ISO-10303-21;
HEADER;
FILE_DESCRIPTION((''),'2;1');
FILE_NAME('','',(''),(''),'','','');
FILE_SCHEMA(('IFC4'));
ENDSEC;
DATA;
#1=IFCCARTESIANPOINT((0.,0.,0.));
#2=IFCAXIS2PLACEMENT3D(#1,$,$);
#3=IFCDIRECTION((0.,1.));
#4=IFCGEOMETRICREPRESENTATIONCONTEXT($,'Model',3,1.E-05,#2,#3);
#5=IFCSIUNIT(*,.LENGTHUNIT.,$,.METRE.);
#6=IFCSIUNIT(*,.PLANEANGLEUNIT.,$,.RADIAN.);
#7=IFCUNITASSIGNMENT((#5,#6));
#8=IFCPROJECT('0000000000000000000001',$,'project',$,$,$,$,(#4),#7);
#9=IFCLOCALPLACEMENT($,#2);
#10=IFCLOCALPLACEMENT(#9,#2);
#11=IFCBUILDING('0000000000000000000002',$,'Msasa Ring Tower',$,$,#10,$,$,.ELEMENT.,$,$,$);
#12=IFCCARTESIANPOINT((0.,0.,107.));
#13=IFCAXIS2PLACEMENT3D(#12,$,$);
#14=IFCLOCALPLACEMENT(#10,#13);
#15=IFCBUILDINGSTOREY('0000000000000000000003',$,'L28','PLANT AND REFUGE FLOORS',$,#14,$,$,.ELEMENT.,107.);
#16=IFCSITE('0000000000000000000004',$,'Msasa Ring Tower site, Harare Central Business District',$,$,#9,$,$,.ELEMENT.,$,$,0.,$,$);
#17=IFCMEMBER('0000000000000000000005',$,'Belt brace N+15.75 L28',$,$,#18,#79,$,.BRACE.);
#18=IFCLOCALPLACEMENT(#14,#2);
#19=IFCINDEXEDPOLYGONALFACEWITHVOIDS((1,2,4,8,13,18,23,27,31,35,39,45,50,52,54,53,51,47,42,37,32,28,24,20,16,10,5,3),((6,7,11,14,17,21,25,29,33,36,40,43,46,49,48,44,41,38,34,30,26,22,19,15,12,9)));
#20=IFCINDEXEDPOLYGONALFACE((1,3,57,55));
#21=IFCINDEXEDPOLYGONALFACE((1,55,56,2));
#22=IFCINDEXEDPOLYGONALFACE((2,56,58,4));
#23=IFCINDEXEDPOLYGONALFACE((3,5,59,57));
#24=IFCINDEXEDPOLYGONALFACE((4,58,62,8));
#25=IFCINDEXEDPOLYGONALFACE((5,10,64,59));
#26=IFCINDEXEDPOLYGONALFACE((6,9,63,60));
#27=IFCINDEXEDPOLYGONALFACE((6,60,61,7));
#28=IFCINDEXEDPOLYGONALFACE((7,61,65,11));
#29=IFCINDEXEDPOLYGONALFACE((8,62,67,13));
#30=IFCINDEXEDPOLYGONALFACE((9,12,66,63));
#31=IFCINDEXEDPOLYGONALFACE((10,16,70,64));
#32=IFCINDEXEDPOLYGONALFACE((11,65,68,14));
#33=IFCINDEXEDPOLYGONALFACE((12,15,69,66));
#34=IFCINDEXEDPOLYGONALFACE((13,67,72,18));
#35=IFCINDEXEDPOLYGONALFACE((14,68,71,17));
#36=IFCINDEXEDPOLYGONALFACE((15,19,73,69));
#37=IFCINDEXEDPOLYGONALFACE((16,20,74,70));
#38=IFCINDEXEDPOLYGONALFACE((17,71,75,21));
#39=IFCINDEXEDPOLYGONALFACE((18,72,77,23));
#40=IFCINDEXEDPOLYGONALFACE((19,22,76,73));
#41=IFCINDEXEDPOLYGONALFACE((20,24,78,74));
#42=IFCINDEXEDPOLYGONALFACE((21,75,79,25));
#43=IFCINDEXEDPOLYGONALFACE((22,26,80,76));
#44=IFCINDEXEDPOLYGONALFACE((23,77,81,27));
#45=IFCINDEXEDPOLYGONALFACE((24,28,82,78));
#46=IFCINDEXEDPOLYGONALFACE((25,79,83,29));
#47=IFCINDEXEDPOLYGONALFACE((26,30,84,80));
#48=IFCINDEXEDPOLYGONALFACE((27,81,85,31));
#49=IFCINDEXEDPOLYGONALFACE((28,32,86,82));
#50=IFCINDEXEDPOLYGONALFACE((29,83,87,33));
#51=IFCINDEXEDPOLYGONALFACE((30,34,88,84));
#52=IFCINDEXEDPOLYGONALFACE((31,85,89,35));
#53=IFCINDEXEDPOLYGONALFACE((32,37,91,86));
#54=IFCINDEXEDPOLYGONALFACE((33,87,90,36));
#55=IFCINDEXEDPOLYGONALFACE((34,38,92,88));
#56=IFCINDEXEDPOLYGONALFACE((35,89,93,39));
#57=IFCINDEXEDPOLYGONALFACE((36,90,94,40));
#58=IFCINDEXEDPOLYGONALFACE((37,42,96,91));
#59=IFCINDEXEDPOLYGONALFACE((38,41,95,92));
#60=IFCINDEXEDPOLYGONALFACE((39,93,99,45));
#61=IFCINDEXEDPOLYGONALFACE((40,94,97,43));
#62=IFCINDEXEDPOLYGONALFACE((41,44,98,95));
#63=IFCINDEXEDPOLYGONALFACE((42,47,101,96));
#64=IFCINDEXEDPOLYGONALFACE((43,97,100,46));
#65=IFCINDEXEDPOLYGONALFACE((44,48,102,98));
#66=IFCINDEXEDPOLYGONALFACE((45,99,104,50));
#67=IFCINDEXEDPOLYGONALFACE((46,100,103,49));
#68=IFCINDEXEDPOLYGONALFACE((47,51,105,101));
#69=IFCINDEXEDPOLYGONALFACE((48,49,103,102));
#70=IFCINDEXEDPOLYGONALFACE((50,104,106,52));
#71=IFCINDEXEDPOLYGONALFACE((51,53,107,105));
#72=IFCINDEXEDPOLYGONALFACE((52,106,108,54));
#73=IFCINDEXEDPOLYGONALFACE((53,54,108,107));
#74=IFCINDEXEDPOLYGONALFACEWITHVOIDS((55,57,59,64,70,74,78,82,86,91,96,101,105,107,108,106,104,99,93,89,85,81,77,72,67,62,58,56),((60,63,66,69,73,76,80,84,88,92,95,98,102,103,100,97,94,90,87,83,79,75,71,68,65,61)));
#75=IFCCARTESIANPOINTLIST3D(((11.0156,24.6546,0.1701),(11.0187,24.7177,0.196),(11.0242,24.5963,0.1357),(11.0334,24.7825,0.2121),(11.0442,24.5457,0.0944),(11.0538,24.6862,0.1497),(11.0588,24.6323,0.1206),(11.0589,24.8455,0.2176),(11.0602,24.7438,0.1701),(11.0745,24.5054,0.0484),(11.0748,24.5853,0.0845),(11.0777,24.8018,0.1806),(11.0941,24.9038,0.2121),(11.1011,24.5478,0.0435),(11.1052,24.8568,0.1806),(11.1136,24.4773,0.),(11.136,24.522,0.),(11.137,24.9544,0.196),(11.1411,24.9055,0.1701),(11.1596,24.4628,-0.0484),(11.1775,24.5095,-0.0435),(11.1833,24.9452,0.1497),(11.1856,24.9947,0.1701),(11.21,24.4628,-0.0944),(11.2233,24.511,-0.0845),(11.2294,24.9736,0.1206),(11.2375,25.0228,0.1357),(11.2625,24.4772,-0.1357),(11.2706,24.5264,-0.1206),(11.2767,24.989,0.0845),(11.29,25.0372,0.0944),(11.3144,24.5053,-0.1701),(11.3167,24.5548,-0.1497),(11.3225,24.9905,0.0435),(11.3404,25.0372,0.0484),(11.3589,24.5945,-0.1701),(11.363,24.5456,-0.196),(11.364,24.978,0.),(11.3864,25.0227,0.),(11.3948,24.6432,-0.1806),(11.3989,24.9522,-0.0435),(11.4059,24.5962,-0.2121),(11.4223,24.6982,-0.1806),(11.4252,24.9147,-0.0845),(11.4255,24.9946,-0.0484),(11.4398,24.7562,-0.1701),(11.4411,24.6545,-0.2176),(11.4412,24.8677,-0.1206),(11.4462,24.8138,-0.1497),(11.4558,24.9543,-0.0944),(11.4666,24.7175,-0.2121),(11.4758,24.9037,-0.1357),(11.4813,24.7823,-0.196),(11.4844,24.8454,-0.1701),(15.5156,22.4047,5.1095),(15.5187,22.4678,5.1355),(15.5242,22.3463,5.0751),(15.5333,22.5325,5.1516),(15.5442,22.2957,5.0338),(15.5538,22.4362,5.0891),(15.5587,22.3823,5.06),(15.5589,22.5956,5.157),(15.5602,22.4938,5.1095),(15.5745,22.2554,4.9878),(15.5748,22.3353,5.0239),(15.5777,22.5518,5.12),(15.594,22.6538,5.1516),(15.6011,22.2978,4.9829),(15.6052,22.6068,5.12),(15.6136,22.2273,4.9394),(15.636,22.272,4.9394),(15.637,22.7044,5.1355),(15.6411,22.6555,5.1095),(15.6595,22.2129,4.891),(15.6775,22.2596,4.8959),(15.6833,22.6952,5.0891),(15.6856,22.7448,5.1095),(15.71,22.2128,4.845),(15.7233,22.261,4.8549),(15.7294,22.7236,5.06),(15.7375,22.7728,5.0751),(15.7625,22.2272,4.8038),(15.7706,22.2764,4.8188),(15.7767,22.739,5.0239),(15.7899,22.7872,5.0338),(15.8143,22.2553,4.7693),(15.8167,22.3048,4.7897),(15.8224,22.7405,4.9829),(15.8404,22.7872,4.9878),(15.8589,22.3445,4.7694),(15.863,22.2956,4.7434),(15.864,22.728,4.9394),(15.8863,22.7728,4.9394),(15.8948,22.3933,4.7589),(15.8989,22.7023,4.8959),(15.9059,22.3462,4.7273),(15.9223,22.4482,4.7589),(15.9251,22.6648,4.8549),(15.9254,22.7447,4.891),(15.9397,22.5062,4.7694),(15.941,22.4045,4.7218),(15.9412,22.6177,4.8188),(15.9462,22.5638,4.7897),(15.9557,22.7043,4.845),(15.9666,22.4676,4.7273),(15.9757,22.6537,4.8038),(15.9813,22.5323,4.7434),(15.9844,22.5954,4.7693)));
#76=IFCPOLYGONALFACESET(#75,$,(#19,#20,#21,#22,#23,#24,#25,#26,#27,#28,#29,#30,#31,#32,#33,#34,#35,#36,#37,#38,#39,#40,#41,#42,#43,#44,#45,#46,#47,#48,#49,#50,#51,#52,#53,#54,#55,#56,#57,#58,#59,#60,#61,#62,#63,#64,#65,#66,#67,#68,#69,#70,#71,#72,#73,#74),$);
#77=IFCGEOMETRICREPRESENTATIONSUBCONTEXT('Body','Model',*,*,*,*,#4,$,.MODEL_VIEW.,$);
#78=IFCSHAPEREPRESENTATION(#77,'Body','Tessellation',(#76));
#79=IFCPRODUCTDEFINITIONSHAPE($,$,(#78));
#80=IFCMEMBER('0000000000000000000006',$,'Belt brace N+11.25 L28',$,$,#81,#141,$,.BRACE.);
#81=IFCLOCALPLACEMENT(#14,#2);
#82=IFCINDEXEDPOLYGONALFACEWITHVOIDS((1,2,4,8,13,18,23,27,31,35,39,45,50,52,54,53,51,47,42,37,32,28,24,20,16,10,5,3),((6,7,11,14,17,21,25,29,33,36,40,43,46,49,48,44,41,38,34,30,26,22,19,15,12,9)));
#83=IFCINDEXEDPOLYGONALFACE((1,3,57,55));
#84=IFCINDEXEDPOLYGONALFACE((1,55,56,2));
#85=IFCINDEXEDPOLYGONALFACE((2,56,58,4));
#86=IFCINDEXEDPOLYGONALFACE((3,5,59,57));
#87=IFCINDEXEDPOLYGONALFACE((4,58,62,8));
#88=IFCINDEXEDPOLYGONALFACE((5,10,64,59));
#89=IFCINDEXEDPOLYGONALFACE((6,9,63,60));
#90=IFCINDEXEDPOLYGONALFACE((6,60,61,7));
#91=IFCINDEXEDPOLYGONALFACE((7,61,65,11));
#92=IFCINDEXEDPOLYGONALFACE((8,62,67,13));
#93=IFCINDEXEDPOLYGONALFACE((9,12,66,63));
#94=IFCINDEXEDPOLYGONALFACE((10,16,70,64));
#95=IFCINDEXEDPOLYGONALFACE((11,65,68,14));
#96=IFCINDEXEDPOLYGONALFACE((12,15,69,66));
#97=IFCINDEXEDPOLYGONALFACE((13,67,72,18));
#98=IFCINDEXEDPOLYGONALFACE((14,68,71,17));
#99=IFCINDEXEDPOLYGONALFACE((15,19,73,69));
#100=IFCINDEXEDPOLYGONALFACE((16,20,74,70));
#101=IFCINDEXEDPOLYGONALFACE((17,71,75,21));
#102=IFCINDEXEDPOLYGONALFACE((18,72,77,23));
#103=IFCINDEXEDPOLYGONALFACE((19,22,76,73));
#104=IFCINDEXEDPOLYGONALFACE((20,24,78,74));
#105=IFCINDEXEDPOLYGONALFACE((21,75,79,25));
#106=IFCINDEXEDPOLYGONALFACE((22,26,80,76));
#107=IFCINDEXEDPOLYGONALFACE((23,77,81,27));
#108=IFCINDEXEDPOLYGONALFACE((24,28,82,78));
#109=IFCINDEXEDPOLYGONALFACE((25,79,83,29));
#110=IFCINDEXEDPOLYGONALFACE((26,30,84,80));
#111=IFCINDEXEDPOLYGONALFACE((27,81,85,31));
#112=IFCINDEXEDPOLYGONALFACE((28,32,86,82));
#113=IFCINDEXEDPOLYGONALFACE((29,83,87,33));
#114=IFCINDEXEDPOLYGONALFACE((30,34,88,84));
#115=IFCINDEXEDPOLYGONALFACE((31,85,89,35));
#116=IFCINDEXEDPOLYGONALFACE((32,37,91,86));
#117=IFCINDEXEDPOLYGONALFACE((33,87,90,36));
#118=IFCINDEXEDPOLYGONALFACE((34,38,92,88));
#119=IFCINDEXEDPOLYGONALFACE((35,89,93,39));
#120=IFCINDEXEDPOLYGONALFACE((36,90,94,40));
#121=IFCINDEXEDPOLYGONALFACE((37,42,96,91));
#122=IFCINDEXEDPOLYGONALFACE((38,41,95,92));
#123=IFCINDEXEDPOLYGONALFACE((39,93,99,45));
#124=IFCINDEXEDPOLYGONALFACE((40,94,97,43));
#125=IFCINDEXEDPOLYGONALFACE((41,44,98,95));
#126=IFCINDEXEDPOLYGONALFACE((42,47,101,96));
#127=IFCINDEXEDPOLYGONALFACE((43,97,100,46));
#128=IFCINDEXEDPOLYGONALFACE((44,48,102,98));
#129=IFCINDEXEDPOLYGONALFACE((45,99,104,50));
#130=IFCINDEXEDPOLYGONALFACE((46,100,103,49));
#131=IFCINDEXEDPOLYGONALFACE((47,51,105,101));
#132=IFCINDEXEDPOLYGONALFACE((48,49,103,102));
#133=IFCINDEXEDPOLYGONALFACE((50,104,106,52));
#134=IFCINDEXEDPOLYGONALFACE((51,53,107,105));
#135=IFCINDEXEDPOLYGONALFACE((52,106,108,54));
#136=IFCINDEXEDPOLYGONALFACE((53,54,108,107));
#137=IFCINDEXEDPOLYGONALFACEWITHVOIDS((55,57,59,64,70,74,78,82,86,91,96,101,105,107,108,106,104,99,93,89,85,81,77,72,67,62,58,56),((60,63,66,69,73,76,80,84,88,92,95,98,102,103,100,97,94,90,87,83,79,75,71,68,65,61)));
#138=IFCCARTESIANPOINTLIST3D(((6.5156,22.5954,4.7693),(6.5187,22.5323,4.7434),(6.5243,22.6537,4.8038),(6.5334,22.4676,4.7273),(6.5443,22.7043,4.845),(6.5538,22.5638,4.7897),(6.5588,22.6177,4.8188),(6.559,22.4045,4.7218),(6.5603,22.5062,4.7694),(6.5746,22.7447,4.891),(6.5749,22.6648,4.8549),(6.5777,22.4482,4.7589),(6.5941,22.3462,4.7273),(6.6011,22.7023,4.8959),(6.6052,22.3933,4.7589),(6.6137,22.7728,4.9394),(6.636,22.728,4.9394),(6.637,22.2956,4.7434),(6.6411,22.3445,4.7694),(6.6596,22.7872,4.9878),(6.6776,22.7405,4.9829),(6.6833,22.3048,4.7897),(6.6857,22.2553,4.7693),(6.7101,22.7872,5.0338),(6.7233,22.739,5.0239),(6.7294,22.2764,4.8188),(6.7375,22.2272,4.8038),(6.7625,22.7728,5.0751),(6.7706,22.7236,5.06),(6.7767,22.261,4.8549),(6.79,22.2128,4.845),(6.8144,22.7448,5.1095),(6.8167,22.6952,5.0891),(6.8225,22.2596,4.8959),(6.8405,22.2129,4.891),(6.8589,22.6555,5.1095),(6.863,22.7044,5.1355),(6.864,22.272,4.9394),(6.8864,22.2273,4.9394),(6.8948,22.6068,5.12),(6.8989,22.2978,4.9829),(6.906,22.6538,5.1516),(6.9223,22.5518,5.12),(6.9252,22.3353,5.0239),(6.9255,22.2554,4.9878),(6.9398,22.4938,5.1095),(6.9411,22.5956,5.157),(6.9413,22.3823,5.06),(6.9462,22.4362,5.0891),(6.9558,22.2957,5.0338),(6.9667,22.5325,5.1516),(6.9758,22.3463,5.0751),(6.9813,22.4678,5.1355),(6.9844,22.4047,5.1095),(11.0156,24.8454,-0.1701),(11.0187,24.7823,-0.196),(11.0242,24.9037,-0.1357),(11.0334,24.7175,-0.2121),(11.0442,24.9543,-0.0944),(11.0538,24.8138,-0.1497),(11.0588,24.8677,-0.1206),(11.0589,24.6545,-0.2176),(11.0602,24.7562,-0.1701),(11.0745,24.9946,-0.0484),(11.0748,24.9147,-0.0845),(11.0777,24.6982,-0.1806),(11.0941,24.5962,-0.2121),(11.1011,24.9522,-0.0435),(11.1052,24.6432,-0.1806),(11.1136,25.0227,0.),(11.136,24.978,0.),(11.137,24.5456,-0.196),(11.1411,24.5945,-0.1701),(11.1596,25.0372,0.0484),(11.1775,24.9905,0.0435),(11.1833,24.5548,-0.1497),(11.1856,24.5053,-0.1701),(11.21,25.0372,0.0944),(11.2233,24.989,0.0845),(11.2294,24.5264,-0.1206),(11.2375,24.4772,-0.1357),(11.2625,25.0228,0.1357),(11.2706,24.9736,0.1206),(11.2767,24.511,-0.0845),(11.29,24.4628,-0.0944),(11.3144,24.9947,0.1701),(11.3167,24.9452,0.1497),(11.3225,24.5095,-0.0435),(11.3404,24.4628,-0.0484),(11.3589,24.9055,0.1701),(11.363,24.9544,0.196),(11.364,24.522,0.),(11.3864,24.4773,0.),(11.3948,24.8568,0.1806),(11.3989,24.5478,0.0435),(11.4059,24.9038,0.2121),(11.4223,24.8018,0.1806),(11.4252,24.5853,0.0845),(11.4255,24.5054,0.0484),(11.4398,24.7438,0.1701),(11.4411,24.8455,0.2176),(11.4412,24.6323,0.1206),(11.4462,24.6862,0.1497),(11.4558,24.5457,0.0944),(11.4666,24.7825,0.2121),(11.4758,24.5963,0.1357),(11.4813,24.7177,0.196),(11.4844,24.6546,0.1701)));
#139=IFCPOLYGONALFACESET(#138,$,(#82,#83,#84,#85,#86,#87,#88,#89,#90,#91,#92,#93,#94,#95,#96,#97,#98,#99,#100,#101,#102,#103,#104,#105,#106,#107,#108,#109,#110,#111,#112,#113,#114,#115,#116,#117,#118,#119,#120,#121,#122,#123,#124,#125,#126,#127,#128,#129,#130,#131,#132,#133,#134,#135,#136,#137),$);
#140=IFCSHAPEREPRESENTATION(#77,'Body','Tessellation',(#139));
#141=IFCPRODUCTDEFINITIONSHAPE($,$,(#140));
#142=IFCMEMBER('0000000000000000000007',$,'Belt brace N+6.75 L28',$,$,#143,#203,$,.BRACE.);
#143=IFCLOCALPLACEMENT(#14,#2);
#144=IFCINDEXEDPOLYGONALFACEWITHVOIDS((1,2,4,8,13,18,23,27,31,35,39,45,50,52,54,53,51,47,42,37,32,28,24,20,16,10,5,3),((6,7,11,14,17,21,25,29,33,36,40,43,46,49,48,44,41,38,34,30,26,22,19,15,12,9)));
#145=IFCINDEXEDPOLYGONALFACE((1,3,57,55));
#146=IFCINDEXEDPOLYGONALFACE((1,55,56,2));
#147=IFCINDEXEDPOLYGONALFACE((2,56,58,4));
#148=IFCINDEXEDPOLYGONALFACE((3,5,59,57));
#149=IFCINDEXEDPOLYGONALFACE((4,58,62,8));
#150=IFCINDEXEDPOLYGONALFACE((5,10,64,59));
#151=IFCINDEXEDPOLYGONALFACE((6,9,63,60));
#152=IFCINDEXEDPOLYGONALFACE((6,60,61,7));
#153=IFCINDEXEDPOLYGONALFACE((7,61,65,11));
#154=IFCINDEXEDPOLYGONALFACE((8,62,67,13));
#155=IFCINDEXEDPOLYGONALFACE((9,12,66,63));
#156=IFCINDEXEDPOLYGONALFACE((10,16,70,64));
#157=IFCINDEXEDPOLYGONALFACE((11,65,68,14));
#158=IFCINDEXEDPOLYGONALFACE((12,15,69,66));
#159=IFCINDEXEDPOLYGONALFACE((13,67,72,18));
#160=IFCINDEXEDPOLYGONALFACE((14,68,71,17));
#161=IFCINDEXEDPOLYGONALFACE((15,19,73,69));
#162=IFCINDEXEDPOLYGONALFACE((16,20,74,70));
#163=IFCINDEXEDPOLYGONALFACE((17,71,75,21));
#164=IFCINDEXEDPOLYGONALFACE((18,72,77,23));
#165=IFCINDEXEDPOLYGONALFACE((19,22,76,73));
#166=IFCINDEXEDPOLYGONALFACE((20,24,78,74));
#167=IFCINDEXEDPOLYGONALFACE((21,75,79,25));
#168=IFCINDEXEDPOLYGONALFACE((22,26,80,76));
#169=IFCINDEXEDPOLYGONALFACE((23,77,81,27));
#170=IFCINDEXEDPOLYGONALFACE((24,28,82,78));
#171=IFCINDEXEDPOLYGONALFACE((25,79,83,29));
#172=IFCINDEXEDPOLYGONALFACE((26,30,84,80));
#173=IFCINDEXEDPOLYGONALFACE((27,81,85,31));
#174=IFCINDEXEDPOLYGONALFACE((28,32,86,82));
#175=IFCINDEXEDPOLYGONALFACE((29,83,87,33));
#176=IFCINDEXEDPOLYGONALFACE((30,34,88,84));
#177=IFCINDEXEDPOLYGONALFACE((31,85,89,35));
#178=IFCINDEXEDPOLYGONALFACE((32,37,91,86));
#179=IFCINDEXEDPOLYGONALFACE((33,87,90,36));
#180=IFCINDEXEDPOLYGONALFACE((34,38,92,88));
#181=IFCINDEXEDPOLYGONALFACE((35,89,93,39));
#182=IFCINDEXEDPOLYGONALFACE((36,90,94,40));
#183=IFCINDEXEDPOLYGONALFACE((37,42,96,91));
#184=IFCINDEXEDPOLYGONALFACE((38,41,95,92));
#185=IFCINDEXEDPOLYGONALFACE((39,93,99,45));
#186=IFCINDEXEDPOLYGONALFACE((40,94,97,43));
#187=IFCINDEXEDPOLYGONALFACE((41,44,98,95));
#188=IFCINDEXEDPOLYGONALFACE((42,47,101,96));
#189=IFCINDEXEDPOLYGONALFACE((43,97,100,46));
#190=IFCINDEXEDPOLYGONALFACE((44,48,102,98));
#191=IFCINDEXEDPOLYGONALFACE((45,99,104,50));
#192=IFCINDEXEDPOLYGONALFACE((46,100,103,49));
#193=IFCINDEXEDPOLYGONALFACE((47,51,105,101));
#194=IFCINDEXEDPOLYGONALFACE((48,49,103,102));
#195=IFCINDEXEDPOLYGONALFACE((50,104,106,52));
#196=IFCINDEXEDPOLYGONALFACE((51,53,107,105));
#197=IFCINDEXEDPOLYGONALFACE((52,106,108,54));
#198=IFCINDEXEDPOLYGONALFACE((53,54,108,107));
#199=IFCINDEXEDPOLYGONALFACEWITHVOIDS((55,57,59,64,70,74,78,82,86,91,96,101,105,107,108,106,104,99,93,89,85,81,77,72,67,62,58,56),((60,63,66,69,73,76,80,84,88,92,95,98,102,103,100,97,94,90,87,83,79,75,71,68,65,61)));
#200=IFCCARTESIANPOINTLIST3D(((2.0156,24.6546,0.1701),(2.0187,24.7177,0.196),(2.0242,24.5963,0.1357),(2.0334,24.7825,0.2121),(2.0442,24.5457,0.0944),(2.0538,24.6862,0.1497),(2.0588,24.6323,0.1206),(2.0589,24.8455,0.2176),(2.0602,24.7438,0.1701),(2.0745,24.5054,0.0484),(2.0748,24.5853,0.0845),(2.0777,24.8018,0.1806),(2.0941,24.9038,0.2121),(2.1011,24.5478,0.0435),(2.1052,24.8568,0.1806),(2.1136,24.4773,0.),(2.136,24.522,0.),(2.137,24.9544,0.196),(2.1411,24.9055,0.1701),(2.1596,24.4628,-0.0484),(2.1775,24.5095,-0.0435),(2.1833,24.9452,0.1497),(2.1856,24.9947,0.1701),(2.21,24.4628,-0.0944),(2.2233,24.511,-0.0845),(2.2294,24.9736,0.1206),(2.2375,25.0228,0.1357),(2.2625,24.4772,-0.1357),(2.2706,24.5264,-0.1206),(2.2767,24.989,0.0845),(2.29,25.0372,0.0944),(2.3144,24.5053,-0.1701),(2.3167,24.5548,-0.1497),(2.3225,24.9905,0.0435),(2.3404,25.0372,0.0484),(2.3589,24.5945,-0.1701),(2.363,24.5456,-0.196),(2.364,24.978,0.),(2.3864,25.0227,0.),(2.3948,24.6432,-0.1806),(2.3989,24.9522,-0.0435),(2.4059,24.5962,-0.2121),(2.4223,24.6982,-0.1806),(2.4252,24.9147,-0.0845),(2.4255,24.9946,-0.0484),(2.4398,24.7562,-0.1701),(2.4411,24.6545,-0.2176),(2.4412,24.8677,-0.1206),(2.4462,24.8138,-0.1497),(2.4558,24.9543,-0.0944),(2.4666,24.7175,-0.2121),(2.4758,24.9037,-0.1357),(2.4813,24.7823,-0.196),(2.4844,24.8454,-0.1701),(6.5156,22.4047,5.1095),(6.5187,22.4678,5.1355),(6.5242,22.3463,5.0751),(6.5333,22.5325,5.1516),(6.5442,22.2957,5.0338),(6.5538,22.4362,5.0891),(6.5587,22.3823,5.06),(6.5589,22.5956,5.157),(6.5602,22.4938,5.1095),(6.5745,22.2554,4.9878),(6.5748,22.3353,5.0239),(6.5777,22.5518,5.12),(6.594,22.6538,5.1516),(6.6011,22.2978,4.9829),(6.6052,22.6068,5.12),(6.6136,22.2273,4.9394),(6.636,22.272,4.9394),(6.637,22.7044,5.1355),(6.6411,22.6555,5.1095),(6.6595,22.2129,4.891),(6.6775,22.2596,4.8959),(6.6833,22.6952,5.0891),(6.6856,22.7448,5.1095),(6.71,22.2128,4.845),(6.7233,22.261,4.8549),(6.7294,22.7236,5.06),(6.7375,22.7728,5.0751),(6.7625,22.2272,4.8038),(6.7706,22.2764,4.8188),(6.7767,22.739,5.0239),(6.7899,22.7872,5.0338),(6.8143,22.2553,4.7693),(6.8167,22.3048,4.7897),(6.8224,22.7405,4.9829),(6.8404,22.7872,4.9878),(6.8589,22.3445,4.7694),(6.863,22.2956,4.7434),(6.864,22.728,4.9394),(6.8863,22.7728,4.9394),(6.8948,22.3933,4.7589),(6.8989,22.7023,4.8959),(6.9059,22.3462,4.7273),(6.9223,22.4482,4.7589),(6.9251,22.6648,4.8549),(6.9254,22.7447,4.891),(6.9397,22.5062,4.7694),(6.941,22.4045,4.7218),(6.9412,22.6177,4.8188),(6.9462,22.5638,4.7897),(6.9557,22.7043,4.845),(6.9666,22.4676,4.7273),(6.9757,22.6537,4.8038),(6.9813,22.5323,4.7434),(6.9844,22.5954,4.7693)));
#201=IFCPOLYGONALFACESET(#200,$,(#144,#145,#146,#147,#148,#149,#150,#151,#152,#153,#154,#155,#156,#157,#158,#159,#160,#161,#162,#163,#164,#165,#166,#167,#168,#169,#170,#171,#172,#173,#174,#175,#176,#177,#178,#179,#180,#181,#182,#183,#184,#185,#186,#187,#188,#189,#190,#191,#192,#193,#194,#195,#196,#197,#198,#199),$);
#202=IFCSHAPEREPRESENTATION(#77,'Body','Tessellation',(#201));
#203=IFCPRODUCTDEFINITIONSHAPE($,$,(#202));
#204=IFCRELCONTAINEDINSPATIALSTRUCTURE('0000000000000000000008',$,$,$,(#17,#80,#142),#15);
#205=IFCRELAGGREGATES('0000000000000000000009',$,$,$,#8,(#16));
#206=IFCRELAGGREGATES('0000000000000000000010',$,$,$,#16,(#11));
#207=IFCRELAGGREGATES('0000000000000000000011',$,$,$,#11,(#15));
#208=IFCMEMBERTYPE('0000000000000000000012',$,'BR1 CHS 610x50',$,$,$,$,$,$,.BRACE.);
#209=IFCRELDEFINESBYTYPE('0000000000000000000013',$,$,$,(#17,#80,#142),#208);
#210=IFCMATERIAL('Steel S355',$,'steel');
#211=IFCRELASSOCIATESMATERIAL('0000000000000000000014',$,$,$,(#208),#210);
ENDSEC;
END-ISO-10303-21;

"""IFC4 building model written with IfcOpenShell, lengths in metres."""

from ifc_helpers import new_model, si_unit, direction, frame, origin, origin_2d, place, context, subcontext, project, spatial, hollow_circle, extrude, material, material_profile, profile_set, type_object, element, save


model = new_model("IFC4")

# Units and contexts
model_context = context("Model", 3, precision=1e-05, world=origin(), true_north=direction((0.0, 1.0)))
body_context = subcontext(model_context, "Body", "Model", "MODEL_VIEW")
ifc_project = project(units=[si_unit("LENGTHUNIT", "METRE"), si_unit("PLANEANGLEUNIT", "RADIAN")], contexts=[model_context])

# Site, building, storey
site_placement = place(None, origin())
site = spatial("IfcSite", under=ifc_project, at=site_placement, Name="Msasa Ring Tower site, Harare Central Business District", CompositionType="ELEMENT", RefElevation=0.0)
building_placement = place(site_placement, origin())
building = spatial("IfcBuilding", under=site, at=building_placement, Name="Msasa Ring Tower", CompositionType="ELEMENT")
storey_placement = place(building_placement, frame((0.0, 0.0, 107.0)))
storey = spatial("IfcBuildingStorey", under=building, at=storey_placement, Name="L28", Description="PLANT AND REFUGE FLOORS", CompositionType="ELEMENT", Elevation=107.0)

# Members
ifc_material_1 = material(Name="Steel S355", Category="steel")
ifc_material_profile_1 = material_profile(ifc_material_1, hollow_circle(Radius=0.3049, WallThickness=0.05, at=origin_2d()), Name="CHS 610x50")
ifc_profile_set_1 = profile_set([ifc_material_profile_1], Name="Steel S355")
member_type = type_object("IfcMemberType", Name="BR1 CHS 610x50", PredefinedType="BRACE", material=ifc_profile_set_1)
for number, where, z_axis, x_axis, name in (
    (1, (11.25, 24.75, 0.0), (0.638245, -0.319123, 0.700574), (0.447214, 0.894427, 0.0), "Belt brace N+15.75 L28"),
    (2, (11.25, 24.75, 0.0), (-0.638245, -0.319123, 0.700574), (0.447214, -0.894427, 0.0), "Belt brace N+11.25 L28"),
    (3, (2.25, 24.75, 0.0), (0.638245, -0.319123, 0.700574), (0.447214, 0.894427, 0.0), "Belt brace N+6.75 L28"),
):
    element("IfcMember", number, at=place(storey_placement, frame(where, z_axis=z_axis, x_axis=x_axis)), inside=storey, type_object=member_type, Name=name, PredefinedType="BRACE", context=body_context, shape_type="SweptSolid", body=[
        extrude(hollow_circle(Radius=0.3049, WallThickness=0.05, at=origin_2d()), origin(), (0.0, 0.0, 1.0), 7.0505),
    ])

save(model, "model.ifc")
